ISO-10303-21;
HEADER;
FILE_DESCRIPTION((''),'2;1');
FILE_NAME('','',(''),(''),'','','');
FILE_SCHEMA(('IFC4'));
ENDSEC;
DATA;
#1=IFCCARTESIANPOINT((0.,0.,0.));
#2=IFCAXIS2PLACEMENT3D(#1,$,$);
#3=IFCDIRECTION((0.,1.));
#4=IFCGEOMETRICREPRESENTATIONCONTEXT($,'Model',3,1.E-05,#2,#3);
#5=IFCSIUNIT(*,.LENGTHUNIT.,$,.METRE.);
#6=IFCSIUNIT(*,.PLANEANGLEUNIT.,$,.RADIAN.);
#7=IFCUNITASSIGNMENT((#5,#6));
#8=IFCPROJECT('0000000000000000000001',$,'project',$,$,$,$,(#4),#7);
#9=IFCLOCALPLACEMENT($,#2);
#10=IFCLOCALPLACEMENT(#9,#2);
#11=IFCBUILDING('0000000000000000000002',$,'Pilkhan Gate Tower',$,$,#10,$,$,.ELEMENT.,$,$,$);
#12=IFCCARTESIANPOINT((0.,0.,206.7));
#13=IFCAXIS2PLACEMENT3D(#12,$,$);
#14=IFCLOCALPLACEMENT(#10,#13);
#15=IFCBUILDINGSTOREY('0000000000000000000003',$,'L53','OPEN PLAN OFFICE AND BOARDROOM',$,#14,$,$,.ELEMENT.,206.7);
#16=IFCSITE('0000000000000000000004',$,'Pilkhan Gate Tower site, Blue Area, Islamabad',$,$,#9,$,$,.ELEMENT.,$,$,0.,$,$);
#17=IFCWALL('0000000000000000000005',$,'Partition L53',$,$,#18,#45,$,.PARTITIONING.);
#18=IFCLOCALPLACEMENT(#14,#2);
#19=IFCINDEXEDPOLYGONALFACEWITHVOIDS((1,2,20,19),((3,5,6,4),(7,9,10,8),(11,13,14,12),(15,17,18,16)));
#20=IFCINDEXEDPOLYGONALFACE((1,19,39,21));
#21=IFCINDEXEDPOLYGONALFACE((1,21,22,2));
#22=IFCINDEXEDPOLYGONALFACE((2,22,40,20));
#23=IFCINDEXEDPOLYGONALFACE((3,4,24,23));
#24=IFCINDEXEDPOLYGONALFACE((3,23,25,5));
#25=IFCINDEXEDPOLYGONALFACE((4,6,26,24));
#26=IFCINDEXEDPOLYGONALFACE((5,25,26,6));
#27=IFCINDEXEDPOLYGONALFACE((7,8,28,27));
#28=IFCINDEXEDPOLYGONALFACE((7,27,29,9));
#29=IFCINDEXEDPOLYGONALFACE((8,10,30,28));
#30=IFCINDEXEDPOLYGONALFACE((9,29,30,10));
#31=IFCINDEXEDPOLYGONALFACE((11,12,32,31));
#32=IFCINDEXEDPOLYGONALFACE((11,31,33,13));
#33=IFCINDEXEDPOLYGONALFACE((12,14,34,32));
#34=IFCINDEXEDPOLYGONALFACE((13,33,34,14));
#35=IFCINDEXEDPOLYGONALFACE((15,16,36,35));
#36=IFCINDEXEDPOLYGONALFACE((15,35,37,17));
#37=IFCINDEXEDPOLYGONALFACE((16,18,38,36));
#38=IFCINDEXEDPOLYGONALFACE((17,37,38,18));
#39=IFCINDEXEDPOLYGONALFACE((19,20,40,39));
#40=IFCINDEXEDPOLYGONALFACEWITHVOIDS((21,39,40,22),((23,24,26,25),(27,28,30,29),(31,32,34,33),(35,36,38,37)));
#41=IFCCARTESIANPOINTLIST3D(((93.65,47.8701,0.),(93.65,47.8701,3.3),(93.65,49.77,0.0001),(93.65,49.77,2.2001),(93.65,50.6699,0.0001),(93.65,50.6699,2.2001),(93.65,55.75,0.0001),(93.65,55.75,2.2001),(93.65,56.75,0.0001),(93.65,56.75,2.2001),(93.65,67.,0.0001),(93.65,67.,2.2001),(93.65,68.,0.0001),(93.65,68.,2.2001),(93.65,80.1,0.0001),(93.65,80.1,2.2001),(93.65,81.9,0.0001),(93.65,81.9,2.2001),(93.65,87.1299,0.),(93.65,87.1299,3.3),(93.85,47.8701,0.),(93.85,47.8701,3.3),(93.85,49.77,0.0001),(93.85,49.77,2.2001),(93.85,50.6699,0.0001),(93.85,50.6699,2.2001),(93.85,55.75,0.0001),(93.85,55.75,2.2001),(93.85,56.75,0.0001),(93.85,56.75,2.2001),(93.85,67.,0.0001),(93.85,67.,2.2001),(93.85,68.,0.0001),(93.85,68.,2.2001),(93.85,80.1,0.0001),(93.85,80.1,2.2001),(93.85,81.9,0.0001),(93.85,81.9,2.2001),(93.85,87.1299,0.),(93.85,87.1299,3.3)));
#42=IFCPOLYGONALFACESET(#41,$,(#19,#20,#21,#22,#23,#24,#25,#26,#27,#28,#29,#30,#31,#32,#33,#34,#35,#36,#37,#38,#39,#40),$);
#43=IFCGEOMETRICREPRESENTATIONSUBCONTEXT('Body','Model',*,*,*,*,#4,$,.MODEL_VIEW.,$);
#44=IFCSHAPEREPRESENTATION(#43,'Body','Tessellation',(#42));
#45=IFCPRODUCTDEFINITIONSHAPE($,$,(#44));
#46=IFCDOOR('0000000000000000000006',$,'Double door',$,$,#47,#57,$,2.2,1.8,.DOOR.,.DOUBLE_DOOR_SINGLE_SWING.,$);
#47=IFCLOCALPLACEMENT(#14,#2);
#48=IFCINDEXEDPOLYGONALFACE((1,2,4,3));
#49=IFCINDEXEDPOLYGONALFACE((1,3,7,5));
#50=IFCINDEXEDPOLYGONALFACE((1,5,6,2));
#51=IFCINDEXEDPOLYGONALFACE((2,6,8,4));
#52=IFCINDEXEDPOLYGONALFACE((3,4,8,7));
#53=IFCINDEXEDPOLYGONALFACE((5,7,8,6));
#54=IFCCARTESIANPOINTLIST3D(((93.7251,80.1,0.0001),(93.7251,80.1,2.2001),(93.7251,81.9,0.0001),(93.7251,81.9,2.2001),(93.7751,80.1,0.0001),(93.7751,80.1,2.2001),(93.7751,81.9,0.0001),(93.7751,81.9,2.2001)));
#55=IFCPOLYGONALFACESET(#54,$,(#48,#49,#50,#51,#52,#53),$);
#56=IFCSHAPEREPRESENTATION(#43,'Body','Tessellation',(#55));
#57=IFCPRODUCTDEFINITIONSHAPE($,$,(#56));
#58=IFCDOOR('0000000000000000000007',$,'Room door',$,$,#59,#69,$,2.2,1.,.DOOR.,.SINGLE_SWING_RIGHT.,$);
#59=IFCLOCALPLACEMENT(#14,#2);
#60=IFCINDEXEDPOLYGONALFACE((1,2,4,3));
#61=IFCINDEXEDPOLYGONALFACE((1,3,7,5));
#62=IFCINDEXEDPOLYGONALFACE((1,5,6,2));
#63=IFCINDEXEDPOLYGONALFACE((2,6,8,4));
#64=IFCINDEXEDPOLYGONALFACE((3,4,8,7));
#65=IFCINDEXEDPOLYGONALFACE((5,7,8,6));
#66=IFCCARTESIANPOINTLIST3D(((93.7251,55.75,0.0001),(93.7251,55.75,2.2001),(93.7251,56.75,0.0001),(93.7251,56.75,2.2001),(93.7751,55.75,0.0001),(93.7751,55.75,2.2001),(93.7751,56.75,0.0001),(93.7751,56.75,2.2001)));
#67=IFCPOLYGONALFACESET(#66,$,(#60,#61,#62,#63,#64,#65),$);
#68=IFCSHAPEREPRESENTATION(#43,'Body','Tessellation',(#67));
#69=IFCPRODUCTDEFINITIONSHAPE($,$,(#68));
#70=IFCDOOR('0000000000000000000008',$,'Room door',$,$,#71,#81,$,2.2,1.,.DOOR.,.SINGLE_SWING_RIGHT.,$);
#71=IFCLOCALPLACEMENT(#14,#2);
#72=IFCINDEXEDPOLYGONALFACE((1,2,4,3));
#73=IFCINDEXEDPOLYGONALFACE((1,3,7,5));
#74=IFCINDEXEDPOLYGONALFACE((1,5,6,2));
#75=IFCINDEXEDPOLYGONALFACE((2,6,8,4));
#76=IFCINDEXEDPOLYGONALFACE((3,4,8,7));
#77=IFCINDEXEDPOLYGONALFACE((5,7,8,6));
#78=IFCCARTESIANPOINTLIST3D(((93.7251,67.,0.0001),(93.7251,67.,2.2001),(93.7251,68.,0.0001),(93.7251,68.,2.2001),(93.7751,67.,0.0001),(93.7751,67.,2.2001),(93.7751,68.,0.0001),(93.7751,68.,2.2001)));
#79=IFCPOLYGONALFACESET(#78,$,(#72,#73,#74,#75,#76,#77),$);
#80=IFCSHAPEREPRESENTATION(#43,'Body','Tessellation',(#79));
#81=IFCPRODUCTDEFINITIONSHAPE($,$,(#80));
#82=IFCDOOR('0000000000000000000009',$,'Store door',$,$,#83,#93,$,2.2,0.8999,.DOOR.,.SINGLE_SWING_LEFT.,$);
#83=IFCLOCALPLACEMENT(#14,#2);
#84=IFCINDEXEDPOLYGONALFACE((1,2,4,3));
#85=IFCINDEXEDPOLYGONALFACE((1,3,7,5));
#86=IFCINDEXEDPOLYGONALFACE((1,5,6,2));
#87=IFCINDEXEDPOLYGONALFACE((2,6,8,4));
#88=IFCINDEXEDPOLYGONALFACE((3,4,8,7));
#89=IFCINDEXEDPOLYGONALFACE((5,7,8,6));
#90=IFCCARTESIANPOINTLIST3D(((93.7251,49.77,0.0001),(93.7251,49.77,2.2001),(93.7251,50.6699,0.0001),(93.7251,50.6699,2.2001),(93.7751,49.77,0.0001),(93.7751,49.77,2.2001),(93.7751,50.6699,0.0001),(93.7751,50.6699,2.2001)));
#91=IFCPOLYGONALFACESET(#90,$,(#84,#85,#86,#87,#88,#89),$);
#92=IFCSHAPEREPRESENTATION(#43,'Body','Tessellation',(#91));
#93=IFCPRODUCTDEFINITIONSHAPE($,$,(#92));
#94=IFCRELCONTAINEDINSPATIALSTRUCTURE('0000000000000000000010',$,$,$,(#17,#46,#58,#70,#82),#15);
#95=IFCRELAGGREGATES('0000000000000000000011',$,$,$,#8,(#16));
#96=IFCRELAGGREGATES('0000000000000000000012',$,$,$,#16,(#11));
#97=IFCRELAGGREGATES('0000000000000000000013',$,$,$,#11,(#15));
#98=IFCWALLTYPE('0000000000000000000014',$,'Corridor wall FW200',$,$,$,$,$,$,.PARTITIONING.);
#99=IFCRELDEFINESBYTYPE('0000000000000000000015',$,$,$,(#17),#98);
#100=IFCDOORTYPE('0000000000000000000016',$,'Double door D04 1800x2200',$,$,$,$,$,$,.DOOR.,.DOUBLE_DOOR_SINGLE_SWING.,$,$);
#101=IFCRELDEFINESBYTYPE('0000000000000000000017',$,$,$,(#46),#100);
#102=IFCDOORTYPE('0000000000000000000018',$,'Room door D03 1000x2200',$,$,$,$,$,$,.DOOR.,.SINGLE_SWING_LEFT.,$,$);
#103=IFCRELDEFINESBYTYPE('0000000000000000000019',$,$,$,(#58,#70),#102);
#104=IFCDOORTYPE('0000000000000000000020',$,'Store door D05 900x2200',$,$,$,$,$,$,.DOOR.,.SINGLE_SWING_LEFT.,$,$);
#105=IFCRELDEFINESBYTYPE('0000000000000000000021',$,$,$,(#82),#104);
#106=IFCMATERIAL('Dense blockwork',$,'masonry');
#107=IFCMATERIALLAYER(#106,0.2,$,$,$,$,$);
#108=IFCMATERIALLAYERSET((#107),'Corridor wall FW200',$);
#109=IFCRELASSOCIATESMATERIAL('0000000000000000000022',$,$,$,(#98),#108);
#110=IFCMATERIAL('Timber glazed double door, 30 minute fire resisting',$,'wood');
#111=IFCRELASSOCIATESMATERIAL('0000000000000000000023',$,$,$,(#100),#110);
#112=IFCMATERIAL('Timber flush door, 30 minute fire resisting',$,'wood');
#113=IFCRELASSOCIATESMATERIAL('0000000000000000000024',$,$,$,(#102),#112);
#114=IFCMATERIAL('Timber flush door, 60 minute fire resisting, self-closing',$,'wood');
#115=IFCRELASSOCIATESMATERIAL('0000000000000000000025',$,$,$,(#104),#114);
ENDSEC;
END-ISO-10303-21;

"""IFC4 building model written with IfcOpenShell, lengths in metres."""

from ifc_helpers import new_model, si_unit, direction, frame, frame_2d, origin, place, context, subcontext, project, spatial, rectangle, extrude, material, layer, layer_set, type_object, element, fill, save


model = new_model("IFC4")

# Units and contexts
model_context = context("Model", 3, precision=1e-05, world=origin(), true_north=direction((0.0, 1.0)))
body_context = subcontext(model_context, "Body", "Model", "MODEL_VIEW")
ifc_project = project(units=[si_unit("LENGTHUNIT", "METRE"), si_unit("PLANEANGLEUNIT", "RADIAN")], contexts=[model_context])

# Site, building, storey
site_placement = place(None, origin())
site = spatial("IfcSite", under=ifc_project, at=site_placement, Name="Pilkhan Gate Tower site, Blue Area, Islamabad", CompositionType="ELEMENT", RefElevation=0.0)
building_placement = place(site_placement, origin())
building = spatial("IfcBuilding", under=site, at=building_placement, Name="Pilkhan Gate Tower", CompositionType="ELEMENT")
storey_placement = place(building_placement, frame((0.0, 0.0, 206.7)))
storey = spatial("IfcBuildingStorey", under=building, at=storey_placement, Name="L53", Description="OPEN PLAN OFFICE AND BOARDROOM", CompositionType="ELEMENT", Elevation=206.7)

# Shared definitions
ifc_material_1 = material(Name="Dense blockwork", Category="masonry")
ifc_layer_1 = layer(ifc_material_1, 0.2)
ifc_layer_set_1 = layer_set([ifc_layer_1], Name="Corridor wall FW200")
wall_type = type_object("IfcWallType", Name="Corridor wall FW200", PredefinedType="PARTITIONING", material=ifc_layer_set_1)

# Wall, openings, doors
wall_1_placement = place(storey_placement, frame((93.75, 47.8701, 0.0), z_axis=(0.0, 0.0, 1.0), x_axis=(0.0, 1.0, 0.0)))
wall_1 = element("IfcWall", 1, at=wall_1_placement, inside=storey, type_object=wall_type, Name="Partition L53", PredefinedType="PARTITIONING", context=body_context, shape_type="SweptSolid", body=[
    extrude(rectangle(XDim=39.2598, YDim=0.2, at=frame_2d((19.6299, 0.0))), origin(), (0.0, 0.0, 1.0), 3.3),
])
opening_1_placement = place(wall_1_placement, frame((1.8999, 0.0, 0.0)))
opening_1 = element("IfcOpeningElement", 2, at=opening_1_placement, cuts=wall_1, PredefinedType="OPENING", context=body_context, shape_type="SweptSolid", body=[
    extrude(rectangle(XDim=0.8999, YDim=2.2, at=frame_2d((0.45, 1.1001))), frame((0.0, 0.1099, 0.0), z_axis=(0.0, -1.0, 0.0), x_axis=(1.0, 0.0, 0.0)), (0.0, 0.0, 1.0), 0.22),
])
opening_2_placement = place(wall_1_placement, frame((7.8799, 0.0, 0.0)))
opening_2 = element("IfcOpeningElement", 3, at=opening_2_placement, cuts=wall_1, PredefinedType="OPENING", context=body_context, shape_type="SweptSolid", body=[
    extrude(rectangle(XDim=1.0, YDim=2.2, at=frame_2d((0.5, 1.1001))), frame((0.0, 0.1099, 0.0), z_axis=(0.0, -1.0, 0.0), x_axis=(1.0, 0.0, 0.0)), (0.0, 0.0, 1.0), 0.22),
])
opening_3_placement = place(wall_1_placement, frame((19.1299, 0.0, 0.0)))
opening_3 = element("IfcOpeningElement", 4, at=opening_3_placement, cuts=wall_1, PredefinedType="OPENING", context=body_context, shape_type="SweptSolid", body=[
    extrude(rectangle(XDim=1.0, YDim=2.2, at=frame_2d((0.5, 1.1001))), frame((0.0, 0.1099, 0.0), z_axis=(0.0, -1.0, 0.0), x_axis=(1.0, 0.0, 0.0)), (0.0, 0.0, 1.0), 0.22),
])
opening_4_placement = place(wall_1_placement, frame((32.23, 0.0, 0.0)))
opening_4 = element("IfcOpeningElement", 5, at=opening_4_placement, cuts=wall_1, PredefinedType="OPENING", context=body_context, shape_type="SweptSolid", body=[
    extrude(rectangle(XDim=1.8, YDim=2.2, at=frame_2d((0.8999, 1.1001))), frame((0.0, 0.1099, 0.0), z_axis=(0.0, -1.0, 0.0), x_axis=(1.0, 0.0, 0.0)), (0.0, 0.0, 1.0), 0.22),
])
ifc_material_2 = material(Name="Timber glazed double door, 30 minute fire resisting", Category="wood")
door_type_1 = type_object("IfcDoorType", Name="Double door D04 1800x2200", OperationType="DOUBLE_DOOR_SINGLE_SWING", PredefinedType="DOOR", material=ifc_material_2)
door_1_placement = place(opening_4_placement, origin())
door_1 = element("IfcDoor", 6, at=door_1_placement, inside=storey, type_object=door_type_1, Name="Double door", OperationType="DOUBLE_DOOR_SINGLE_SWING", OverallHeight=2.2, OverallWidth=1.8, PredefinedType="DOOR", context=body_context, shape_type="SweptSolid", body=[
    extrude(rectangle(XDim=1.8, YDim=2.2, at=frame_2d((0.8999, 1.1001))), frame((0.0, 0.0249, 0.0), z_axis=(0.0, -1.0, 0.0), x_axis=(1.0, 0.0, 0.0)), (0.0, 0.0, 1.0), 0.05),
])
fill(opening_4, door_1)
ifc_material_3 = material(Name="Timber flush door, 30 minute fire resisting", Category="wood")
door_type_2 = type_object("IfcDoorType", Name="Room door D03 1000x2200", OperationType="SINGLE_SWING_LEFT", PredefinedType="DOOR", material=ifc_material_3)
door_2_placement = place(opening_2_placement, origin())
door_2 = element("IfcDoor", 7, at=door_2_placement, inside=storey, type_object=door_type_2, Name="Room door", OperationType="SINGLE_SWING_RIGHT", OverallHeight=2.2, OverallWidth=1.0, PredefinedType="DOOR", context=body_context, shape_type="SweptSolid", body=[
    extrude(rectangle(XDim=1.0, YDim=2.2, at=frame_2d((0.5, 1.1001))), frame((0.0, 0.0249, 0.0), z_axis=(0.0, -1.0, 0.0), x_axis=(1.0, 0.0, 0.0)), (0.0, 0.0, 1.0), 0.05),
])
fill(opening_2, door_2)
door_3_placement = place(opening_3_placement, origin())
door_3 = element("IfcDoor", 8, at=door_3_placement, inside=storey, type_object=door_type_2, Name="Room door", OperationType="SINGLE_SWING_RIGHT", OverallHeight=2.2, OverallWidth=1.0, PredefinedType="DOOR", context=body_context, shape_type="SweptSolid", body=[
    extrude(rectangle(XDim=1.0, YDim=2.2, at=frame_2d((0.5, 1.1001))), frame((0.0, 0.0249, 0.0), z_axis=(0.0, -1.0, 0.0), x_axis=(1.0, 0.0, 0.0)), (0.0, 0.0, 1.0), 0.05),
])
fill(opening_3, door_3)
ifc_material_4 = material(Name="Timber flush door, 60 minute fire resisting, self-closing", Category="wood")
door_type_3 = type_object("IfcDoorType", Name="Store door D05 900x2200", OperationType="SINGLE_SWING_LEFT", PredefinedType="DOOR", material=ifc_material_4)
door_4_placement = place(opening_1_placement, origin())
door_4 = element("IfcDoor", 9, at=door_4_placement, inside=storey, type_object=door_type_3, Name="Store door", OperationType="SINGLE_SWING_LEFT", OverallHeight=2.2, OverallWidth=0.8999, PredefinedType="DOOR", context=body_context, shape_type="SweptSolid", body=[
    extrude(rectangle(XDim=0.8999, YDim=2.2, at=frame_2d((0.45, 1.1001))), frame((0.0, 0.0249, 0.0), z_axis=(0.0, -1.0, 0.0), x_axis=(1.0, 0.0, 0.0)), (0.0, 0.0, 1.0), 0.05),
])
fill(opening_1, door_4)

save(model, "model.ifc")
